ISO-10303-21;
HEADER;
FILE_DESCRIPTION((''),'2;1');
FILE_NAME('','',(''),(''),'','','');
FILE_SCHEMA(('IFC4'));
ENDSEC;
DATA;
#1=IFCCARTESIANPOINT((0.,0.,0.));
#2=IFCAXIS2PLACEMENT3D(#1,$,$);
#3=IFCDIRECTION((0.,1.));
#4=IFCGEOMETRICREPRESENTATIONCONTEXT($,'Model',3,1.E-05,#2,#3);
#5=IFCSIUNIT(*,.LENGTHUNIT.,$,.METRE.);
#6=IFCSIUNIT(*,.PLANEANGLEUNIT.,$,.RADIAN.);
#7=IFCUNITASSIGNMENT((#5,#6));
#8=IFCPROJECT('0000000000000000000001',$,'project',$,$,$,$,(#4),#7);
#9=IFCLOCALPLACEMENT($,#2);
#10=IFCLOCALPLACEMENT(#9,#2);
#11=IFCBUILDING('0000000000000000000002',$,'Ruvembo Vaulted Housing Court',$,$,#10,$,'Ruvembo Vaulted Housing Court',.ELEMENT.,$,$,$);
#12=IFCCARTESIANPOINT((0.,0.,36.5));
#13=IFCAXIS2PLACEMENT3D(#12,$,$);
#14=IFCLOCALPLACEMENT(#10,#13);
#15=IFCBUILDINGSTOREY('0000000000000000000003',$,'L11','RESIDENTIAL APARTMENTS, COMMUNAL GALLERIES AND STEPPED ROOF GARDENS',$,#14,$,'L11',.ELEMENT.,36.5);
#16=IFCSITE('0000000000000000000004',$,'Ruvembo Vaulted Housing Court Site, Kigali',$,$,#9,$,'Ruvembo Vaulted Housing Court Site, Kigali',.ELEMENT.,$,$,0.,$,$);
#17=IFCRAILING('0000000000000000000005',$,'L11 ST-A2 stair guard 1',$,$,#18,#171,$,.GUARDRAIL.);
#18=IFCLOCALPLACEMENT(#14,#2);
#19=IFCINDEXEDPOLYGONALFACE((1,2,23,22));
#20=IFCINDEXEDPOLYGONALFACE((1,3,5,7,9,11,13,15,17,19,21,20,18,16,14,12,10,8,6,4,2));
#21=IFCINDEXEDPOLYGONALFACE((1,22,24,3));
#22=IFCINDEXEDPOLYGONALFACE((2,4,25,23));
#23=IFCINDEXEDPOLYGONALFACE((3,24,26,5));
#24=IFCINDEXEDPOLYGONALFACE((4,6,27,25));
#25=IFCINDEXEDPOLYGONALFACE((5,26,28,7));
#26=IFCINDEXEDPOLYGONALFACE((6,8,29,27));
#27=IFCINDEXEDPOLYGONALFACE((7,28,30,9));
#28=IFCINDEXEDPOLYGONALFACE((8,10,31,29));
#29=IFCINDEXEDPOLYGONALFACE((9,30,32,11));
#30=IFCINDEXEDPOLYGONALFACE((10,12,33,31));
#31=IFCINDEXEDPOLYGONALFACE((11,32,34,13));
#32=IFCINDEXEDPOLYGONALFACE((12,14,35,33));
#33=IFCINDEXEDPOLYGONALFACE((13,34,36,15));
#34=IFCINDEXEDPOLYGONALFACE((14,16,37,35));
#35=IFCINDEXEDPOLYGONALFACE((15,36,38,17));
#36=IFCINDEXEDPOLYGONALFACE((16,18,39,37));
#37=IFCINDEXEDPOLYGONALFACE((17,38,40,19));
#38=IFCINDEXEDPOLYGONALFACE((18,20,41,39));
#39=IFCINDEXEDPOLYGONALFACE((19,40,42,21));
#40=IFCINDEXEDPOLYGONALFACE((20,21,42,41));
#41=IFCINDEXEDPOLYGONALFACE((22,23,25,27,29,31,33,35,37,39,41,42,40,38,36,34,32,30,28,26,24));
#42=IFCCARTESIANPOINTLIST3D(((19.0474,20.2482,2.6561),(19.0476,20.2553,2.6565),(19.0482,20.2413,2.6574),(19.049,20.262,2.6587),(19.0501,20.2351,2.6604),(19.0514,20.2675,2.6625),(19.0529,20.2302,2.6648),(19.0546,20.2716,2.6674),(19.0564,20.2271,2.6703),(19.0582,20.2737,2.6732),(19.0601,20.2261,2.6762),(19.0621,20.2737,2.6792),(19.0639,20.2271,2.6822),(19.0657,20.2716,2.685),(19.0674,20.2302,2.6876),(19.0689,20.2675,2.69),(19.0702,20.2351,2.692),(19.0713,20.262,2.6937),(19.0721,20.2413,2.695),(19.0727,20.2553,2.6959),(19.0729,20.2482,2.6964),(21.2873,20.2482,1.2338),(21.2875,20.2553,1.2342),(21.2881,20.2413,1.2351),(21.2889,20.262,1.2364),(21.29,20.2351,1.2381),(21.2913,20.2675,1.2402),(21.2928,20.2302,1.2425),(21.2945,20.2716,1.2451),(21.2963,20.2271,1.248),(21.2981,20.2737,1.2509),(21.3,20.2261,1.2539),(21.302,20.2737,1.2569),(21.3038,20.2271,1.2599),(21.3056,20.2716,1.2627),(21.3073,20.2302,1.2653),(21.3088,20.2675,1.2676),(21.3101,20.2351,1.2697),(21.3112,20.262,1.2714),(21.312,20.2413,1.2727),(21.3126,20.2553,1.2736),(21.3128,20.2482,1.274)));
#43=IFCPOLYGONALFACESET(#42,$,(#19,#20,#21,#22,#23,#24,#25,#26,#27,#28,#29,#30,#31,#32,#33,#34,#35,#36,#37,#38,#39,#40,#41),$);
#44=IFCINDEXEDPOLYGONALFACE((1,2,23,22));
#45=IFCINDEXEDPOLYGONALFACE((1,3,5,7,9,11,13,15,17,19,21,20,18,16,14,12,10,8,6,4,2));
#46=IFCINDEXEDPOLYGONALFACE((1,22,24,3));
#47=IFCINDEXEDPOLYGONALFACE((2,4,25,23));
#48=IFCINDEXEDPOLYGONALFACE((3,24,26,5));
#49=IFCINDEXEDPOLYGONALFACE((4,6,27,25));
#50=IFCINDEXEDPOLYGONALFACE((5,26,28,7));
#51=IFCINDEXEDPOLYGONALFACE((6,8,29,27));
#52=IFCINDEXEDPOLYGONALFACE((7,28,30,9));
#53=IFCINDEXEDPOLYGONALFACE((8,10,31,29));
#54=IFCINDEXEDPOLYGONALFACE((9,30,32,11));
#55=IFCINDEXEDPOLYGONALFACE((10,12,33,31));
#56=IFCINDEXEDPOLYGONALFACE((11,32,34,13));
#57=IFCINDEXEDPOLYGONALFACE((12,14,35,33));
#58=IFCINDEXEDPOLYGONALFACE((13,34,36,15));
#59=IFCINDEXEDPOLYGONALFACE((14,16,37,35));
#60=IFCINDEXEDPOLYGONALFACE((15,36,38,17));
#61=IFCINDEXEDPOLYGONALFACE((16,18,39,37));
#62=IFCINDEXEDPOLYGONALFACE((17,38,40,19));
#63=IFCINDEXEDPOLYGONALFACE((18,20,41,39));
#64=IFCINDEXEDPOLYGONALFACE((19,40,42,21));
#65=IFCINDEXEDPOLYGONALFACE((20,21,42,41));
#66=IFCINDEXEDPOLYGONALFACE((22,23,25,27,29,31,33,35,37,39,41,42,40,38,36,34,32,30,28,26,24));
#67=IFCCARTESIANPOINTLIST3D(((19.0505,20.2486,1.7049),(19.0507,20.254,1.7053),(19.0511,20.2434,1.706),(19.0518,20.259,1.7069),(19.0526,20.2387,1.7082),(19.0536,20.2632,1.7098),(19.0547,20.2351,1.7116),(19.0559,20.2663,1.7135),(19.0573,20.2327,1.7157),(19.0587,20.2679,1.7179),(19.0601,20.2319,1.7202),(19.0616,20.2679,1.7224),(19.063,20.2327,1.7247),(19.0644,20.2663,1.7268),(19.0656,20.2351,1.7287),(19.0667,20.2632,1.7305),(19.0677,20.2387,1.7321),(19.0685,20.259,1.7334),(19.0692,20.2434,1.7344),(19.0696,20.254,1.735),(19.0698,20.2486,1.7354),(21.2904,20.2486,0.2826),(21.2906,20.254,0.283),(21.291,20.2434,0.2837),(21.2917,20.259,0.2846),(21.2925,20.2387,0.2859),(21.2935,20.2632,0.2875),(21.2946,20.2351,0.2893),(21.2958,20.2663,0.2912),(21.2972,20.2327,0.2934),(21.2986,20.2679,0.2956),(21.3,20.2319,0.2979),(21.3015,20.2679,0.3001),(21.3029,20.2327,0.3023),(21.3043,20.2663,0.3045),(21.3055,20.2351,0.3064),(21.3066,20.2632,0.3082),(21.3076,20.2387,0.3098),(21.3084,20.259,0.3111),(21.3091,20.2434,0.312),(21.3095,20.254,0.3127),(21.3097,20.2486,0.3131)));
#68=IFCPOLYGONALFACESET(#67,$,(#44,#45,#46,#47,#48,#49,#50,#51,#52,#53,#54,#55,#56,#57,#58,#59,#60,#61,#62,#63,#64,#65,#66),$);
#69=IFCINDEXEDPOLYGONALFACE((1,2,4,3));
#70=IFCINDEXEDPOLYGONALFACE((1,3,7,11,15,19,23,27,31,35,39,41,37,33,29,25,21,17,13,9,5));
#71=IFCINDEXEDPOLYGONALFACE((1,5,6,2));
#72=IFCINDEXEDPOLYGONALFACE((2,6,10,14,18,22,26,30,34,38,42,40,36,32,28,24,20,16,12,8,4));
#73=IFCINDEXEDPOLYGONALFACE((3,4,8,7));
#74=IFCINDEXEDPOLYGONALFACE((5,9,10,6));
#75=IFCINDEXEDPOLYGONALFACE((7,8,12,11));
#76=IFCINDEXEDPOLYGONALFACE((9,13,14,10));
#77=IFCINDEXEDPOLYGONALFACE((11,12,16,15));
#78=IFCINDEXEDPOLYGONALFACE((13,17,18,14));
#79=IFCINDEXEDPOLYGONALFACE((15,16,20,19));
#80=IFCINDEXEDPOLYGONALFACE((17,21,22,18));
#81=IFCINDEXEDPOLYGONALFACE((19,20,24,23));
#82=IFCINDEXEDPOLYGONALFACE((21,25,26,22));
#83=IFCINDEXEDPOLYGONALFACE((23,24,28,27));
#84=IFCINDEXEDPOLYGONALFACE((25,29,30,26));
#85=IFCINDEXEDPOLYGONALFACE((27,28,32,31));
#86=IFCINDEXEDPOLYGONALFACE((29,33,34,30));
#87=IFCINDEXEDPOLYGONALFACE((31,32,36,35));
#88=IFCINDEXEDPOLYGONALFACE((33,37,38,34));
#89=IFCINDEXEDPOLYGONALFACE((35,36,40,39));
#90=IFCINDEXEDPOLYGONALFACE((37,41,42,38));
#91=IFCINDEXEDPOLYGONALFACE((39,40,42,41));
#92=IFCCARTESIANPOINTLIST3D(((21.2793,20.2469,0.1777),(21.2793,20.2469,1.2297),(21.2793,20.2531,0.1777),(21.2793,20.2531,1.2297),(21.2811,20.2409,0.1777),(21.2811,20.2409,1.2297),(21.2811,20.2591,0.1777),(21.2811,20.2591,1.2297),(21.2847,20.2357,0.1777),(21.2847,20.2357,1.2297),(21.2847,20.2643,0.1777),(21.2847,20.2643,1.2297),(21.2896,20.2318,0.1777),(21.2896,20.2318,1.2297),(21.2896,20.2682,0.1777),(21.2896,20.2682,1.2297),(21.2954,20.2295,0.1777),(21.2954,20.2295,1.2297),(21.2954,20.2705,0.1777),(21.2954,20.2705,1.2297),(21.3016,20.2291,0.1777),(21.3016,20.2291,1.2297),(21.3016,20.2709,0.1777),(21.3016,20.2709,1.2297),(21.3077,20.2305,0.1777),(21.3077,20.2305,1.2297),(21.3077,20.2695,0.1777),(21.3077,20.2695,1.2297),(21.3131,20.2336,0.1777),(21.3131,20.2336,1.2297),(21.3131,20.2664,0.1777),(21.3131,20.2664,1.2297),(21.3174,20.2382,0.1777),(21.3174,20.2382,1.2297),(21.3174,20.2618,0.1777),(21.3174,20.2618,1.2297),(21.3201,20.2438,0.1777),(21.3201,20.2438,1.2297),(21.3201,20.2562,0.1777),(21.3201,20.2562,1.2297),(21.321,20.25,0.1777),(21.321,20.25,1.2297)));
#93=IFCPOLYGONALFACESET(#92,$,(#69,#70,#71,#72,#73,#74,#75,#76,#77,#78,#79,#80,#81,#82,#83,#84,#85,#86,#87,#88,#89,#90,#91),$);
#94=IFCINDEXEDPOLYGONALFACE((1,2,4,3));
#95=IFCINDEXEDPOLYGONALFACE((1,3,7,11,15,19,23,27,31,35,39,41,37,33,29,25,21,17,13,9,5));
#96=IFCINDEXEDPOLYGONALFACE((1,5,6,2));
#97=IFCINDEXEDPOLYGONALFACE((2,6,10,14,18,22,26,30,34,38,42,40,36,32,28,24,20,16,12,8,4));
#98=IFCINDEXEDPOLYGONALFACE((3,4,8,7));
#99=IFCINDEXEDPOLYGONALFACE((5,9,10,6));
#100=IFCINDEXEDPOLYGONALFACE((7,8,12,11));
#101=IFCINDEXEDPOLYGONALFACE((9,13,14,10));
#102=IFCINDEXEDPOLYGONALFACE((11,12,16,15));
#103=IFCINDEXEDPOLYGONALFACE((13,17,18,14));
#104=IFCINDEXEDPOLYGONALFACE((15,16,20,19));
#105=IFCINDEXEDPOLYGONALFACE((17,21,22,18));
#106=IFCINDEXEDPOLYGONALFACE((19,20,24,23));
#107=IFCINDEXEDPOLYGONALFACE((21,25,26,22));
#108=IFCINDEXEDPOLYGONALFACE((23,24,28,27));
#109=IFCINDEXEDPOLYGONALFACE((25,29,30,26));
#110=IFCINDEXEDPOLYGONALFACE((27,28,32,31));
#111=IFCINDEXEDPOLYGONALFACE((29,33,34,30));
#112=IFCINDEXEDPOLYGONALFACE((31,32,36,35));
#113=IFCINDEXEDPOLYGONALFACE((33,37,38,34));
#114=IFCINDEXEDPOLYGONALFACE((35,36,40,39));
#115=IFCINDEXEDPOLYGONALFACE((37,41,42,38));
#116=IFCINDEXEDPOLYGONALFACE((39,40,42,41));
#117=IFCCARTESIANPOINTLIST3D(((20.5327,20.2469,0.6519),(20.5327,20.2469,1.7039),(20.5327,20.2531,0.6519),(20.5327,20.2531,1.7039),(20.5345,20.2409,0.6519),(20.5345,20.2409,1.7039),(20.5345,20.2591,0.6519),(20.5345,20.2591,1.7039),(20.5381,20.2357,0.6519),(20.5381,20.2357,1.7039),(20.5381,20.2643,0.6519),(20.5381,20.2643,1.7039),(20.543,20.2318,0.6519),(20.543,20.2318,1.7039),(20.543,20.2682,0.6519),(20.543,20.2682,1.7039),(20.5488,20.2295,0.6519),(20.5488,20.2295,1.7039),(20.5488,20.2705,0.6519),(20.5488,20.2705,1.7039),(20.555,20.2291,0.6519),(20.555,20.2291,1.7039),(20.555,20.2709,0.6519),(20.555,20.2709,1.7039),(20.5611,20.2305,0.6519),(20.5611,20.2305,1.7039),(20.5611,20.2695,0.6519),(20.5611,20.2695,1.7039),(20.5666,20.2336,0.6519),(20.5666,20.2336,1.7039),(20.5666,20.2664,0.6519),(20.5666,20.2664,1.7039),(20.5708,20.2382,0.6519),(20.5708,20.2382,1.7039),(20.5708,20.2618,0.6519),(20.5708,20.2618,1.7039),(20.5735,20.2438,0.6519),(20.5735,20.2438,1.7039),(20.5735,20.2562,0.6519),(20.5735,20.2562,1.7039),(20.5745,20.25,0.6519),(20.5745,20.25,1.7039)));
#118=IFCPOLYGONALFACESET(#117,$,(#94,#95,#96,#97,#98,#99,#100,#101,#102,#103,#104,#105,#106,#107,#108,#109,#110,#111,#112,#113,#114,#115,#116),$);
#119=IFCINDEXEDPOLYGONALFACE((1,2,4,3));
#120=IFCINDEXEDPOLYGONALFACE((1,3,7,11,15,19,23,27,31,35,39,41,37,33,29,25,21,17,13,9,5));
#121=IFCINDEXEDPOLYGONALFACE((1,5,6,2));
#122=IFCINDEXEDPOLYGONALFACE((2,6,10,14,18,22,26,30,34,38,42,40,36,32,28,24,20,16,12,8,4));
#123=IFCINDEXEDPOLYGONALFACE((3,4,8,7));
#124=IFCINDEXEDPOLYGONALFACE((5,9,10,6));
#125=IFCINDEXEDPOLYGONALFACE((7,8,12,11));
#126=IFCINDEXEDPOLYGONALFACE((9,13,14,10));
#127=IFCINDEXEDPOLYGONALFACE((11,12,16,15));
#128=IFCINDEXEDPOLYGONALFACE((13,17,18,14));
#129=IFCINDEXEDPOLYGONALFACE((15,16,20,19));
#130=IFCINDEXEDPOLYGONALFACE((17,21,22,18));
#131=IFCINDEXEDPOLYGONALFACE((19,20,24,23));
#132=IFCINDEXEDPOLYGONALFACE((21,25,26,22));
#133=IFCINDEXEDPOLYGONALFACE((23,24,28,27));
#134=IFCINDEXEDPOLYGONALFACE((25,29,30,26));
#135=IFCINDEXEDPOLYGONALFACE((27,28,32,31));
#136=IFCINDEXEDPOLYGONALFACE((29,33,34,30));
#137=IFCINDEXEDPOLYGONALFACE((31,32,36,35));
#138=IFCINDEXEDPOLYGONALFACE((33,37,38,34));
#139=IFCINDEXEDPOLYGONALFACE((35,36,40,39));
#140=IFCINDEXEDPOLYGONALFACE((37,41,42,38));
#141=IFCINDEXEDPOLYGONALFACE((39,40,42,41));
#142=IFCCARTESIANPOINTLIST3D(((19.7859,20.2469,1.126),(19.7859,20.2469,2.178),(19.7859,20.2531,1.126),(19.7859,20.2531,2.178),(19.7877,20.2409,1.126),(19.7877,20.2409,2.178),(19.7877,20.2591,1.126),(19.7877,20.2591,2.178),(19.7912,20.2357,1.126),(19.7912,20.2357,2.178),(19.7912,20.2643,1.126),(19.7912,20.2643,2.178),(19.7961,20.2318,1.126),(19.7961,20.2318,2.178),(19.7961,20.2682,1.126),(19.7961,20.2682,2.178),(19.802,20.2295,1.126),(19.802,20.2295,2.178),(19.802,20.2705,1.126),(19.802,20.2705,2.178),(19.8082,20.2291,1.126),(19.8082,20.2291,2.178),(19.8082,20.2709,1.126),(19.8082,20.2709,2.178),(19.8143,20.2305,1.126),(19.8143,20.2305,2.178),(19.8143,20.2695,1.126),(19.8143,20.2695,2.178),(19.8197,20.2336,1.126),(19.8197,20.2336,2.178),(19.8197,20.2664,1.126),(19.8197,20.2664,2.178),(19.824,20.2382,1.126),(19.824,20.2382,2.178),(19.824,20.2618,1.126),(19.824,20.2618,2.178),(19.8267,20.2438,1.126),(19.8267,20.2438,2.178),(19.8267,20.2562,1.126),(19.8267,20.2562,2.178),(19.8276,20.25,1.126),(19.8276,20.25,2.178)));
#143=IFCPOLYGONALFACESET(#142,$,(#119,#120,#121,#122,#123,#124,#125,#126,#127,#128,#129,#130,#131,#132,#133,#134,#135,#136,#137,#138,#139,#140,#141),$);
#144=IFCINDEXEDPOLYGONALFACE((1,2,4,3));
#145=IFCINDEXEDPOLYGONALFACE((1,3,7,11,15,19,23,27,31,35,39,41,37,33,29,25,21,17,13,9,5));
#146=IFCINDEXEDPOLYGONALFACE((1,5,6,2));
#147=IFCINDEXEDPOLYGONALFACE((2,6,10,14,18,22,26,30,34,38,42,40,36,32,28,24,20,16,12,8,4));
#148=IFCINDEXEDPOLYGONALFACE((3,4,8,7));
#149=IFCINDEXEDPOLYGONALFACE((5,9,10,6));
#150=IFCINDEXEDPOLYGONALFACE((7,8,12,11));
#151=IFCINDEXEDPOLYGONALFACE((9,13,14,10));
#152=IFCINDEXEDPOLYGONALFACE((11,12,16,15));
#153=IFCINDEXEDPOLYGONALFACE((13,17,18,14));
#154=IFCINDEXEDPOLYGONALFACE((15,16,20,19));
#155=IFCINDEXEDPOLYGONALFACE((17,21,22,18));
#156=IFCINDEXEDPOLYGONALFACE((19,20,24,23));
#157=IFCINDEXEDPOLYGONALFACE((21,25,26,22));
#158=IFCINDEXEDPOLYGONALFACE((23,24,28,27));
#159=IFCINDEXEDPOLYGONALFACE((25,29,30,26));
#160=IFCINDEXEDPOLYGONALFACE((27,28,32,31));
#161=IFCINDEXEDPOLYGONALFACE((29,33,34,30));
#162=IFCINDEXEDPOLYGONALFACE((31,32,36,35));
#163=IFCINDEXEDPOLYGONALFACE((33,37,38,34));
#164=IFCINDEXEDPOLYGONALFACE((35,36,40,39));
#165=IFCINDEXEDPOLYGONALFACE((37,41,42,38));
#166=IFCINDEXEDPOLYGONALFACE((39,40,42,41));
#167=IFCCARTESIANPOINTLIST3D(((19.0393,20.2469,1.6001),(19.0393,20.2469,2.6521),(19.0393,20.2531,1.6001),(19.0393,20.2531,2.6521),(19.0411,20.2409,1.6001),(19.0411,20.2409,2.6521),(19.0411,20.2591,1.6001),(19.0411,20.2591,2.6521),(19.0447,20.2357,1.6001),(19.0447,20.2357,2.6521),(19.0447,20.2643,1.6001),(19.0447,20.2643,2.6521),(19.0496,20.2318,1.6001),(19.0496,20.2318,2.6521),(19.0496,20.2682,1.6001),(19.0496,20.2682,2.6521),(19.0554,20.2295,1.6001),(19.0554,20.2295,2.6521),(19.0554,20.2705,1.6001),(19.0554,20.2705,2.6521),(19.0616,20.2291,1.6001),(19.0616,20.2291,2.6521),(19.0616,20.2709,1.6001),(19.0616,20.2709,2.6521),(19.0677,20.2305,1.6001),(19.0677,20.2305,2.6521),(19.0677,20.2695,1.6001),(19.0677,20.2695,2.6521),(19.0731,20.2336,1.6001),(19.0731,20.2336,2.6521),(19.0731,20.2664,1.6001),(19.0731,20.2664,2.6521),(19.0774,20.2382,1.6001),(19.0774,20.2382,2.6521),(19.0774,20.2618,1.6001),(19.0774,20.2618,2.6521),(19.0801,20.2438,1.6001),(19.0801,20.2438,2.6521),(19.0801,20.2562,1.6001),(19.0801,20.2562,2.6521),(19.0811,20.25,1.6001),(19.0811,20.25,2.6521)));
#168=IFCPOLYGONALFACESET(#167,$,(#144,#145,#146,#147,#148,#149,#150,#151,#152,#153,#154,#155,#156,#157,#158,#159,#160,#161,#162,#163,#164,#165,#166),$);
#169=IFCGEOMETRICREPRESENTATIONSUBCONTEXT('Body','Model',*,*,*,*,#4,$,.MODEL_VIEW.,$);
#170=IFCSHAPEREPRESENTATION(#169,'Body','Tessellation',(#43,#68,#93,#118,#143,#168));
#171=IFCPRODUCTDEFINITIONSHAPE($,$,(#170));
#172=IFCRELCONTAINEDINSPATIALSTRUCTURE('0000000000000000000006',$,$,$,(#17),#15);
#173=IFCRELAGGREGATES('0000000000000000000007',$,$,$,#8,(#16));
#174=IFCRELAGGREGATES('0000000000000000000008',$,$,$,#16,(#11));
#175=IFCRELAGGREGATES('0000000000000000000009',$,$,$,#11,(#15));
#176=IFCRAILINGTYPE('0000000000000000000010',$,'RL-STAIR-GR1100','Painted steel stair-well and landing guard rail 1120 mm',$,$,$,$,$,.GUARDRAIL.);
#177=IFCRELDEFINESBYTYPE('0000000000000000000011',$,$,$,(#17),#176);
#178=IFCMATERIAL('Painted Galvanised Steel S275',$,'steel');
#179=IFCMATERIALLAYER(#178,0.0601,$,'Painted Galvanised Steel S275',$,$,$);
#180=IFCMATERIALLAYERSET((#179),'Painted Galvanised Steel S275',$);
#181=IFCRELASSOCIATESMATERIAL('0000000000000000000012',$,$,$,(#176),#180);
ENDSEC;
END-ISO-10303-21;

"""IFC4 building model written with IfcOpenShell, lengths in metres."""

from ifc_helpers import new_model, si_unit, direction, frame, origin, origin_2d, place, context, subcontext, project, spatial, circle, extrude, material, layer, layer_set, type_object, element, save


model = new_model("IFC4")

# Units and contexts
model_context = context("Model", 3, precision=1e-05, world=origin(), true_north=direction((0.0, 1.0)))
body_context = subcontext(model_context, "Body", "Model", "MODEL_VIEW")
ifc_project = project(units=[si_unit("LENGTHUNIT", "METRE"), si_unit("PLANEANGLEUNIT", "RADIAN")], contexts=[model_context])

# Site, building, storey
site_placement = place(None, origin())
site = spatial("IfcSite", under=ifc_project, at=site_placement, Name="Ruvembo Vaulted Housing Court Site, Kigali", LongName="Ruvembo Vaulted Housing Court Site, Kigali", CompositionType="ELEMENT", RefElevation=0.0)
building_placement = place(site_placement, origin())
building = spatial("IfcBuilding", under=site, at=building_placement, Name="Ruvembo Vaulted Housing Court", LongName="Ruvembo Vaulted Housing Court", CompositionType="ELEMENT")
storey_placement = place(building_placement, frame((0.0, 0.0, 36.5)))
storey = spatial("IfcBuildingStorey", under=building, at=storey_placement, Name="L11", Description="RESIDENTIAL APARTMENTS, COMMUNAL GALLERIES AND STEPPED ROOF GARDENS", LongName="L11", CompositionType="ELEMENT", Elevation=36.5)

# Railing
ifc_material_1 = material(Name="Painted Galvanised Steel S275", Category="steel")
ifc_layer_1 = layer(ifc_material_1, 0.0601, Name="Painted Galvanised Steel S275")
ifc_layer_set_1 = layer_set([ifc_layer_1], Name="Painted Galvanised Steel S275")
railing_type_1 = type_object("IfcRailingType", Name="RL-STAIR-GR1100", Description="Painted steel stair-well and landing guard rail 1120 mm", PredefinedType="GUARDRAIL", material=ifc_layer_set_1)
railing_1_placement = place(storey_placement, frame((21.3, 20.25, 0.1777)))
element("IfcRailing", 1, at=railing_1_placement, inside=storey, type_object=railing_type_1, Name="L11 ST-A2 stair guard 1", PredefinedType="GUARDRAIL", context=body_context, shape_type="SweptSolid", body=[
    extrude(circle(Radius=0.0239, at=origin_2d()), frame((0.0, 0.0, 1.0762), z_axis=(-0.844188, 0.0, 0.536048), x_axis=(0.0, -1.0, 0.0)), (0.0, 0.0, 1.0), 2.6533),
    extrude(circle(Radius=0.0181, at=origin_2d()), frame((0.0, 0.0, 0.1201), z_axis=(-0.844188, 0.0, 0.536048), x_axis=(0.0, -1.0, 0.0)), (0.0, 0.0, 1.0), 2.6533),
    extrude(circle(Radius=0.021, at=origin_2d()), origin(), (0.0, 0.0, 1.0), 1.052),
    extrude(circle(Radius=0.021, at=origin_2d()), frame((-0.7466, 0.0, 0.4741)), (0.0, 0.0, 1.0), 1.052),
    extrude(circle(Radius=0.021, at=origin_2d()), frame((-1.4934, 0.0, 0.9482)), (0.0, 0.0, 1.0), 1.052),
    extrude(circle(Radius=0.021, at=origin_2d()), frame((-2.24, 0.0, 1.4224)), (0.0, 0.0, 1.0), 1.052),
])

save(model, "model.ifc")
